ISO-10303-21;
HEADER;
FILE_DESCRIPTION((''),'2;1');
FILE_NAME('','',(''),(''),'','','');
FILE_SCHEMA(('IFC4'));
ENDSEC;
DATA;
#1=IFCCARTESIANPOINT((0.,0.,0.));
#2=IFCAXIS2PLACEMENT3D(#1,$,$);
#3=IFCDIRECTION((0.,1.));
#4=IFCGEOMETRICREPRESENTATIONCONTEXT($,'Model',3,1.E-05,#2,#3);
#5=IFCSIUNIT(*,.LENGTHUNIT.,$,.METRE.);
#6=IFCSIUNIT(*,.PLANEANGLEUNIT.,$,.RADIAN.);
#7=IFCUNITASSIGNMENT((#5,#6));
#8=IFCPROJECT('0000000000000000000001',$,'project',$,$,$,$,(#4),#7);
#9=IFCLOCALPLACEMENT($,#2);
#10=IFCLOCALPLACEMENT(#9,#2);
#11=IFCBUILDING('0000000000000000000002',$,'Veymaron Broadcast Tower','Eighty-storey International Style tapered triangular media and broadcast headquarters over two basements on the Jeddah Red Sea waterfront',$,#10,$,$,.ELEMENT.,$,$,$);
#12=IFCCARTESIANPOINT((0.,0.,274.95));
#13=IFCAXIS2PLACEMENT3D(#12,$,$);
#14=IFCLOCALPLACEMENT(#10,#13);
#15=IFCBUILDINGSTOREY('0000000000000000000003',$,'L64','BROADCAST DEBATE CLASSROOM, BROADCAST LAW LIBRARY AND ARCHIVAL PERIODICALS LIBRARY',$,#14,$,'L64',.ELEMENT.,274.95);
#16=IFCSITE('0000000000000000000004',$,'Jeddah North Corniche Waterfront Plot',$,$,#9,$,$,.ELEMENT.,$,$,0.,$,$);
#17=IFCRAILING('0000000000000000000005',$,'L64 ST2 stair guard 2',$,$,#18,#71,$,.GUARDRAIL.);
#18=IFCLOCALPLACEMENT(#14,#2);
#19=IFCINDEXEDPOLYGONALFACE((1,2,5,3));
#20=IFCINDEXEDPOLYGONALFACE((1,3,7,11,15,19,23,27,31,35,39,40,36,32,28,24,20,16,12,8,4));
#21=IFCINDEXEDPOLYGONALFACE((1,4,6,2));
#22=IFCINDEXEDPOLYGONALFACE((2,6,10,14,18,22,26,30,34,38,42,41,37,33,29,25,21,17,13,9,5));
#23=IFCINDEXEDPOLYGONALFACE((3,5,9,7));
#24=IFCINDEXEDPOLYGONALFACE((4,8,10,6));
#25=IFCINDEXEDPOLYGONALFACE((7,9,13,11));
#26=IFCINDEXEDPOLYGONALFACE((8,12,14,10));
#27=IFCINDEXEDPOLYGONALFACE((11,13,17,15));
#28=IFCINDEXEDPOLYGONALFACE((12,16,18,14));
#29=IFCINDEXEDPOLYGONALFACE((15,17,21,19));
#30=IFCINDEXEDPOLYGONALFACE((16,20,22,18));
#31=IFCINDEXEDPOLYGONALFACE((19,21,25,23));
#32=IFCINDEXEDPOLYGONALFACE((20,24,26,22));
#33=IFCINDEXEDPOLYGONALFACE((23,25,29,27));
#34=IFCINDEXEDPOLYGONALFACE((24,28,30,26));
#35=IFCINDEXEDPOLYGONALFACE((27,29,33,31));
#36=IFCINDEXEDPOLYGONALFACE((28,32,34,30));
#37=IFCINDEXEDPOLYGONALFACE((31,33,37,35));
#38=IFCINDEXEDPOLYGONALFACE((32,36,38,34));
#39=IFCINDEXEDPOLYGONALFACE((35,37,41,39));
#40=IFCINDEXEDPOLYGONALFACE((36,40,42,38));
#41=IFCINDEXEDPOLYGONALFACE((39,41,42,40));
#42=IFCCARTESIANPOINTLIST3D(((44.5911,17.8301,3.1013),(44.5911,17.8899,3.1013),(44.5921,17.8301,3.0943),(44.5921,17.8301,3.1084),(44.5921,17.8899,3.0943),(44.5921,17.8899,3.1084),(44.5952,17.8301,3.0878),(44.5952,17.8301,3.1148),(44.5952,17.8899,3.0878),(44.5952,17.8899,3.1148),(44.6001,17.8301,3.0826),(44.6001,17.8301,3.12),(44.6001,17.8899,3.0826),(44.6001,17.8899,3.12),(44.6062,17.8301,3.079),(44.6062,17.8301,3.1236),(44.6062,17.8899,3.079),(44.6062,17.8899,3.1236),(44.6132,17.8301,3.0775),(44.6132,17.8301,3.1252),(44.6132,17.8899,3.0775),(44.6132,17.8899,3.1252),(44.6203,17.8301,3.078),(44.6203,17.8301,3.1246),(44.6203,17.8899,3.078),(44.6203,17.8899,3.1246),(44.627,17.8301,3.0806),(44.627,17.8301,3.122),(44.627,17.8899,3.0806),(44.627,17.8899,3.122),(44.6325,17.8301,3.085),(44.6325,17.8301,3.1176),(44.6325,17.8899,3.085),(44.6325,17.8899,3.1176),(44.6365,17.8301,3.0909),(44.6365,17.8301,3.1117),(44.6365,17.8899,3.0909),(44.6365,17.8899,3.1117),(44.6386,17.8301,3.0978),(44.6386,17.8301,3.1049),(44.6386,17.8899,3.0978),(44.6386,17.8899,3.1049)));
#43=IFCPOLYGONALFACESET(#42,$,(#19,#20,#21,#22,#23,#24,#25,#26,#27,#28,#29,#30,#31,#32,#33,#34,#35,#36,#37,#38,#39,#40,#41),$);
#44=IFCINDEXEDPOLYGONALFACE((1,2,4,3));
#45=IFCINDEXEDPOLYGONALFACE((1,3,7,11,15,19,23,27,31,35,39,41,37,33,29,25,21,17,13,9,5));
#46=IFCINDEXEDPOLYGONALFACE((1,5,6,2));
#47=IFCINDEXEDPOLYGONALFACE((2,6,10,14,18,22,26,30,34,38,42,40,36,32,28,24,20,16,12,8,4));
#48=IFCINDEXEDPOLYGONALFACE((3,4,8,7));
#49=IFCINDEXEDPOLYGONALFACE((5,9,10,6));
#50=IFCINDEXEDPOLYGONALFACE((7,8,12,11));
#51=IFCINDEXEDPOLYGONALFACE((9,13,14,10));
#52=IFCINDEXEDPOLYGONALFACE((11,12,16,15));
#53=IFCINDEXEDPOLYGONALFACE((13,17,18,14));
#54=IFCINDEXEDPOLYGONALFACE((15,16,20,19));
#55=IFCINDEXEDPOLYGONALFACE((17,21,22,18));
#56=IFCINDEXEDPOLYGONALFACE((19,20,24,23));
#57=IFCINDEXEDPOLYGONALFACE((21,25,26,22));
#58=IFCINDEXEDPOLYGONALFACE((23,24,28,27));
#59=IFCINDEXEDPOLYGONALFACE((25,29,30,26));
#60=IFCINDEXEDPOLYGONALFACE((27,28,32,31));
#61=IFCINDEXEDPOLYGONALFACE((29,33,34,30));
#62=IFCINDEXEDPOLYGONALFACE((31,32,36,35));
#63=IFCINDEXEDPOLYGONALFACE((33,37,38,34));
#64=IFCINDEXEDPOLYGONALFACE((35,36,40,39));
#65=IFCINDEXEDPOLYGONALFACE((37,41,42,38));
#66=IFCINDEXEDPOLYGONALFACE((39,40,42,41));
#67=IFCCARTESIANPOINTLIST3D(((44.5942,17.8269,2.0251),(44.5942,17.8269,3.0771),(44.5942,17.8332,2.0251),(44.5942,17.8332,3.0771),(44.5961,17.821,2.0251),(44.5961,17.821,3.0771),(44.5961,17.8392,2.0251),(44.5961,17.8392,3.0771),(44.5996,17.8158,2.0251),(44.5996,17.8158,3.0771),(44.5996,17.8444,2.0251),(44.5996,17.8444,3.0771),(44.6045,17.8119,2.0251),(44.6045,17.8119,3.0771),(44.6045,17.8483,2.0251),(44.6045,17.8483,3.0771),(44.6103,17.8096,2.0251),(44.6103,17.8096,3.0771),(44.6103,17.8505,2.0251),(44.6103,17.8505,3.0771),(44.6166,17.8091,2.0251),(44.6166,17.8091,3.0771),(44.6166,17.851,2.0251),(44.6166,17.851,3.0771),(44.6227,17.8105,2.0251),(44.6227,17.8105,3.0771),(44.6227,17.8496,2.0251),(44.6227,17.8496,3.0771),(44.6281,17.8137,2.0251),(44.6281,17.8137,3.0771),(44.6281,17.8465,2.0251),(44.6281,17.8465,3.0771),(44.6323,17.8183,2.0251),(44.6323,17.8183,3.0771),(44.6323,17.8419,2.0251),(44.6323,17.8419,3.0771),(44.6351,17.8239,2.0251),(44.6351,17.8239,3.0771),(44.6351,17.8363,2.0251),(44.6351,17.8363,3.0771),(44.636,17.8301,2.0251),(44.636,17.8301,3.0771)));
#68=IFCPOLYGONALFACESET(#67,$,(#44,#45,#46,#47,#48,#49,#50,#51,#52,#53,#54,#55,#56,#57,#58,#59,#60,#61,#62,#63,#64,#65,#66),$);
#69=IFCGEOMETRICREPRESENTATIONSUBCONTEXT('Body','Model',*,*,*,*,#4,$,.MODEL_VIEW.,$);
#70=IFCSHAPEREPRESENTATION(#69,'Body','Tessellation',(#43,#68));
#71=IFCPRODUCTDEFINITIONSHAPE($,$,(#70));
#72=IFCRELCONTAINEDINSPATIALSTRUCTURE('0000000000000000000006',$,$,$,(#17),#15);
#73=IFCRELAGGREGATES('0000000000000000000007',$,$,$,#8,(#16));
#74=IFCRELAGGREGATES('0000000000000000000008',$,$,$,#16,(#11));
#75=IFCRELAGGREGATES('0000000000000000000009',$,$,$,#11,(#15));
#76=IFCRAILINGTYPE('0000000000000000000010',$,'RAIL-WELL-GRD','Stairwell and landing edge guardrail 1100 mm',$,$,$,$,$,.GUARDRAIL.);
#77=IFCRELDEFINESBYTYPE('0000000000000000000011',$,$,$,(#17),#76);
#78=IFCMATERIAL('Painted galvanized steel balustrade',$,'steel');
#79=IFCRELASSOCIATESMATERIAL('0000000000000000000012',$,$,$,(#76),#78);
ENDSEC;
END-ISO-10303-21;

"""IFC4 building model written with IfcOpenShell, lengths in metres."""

from ifc_helpers import new_model, si_unit, direction, frame, origin, origin_2d, place, context, subcontext, project, spatial, circle, extrude, material, type_object, element, save


model = new_model("IFC4")

# Units and contexts
model_context = context("Model", 3, precision=1e-05, world=origin(), true_north=direction((0.0, 1.0)))
body_context = subcontext(model_context, "Body", "Model", "MODEL_VIEW")
ifc_project = project(units=[si_unit("LENGTHUNIT", "METRE"), si_unit("PLANEANGLEUNIT", "RADIAN")], contexts=[model_context])

# Site, building, storey
site_placement = place(None, origin())
site = spatial("IfcSite", under=ifc_project, at=site_placement, Name="Jeddah North Corniche Waterfront Plot", CompositionType="ELEMENT", RefElevation=0.0)
building_placement = place(site_placement, origin())
building = spatial("IfcBuilding", under=site, at=building_placement, Name="Veymaron Broadcast Tower", Description="Eighty-storey International Style tapered triangular media and broadcast headquarters over two basements on the Jeddah Red Sea waterfront", CompositionType="ELEMENT")
storey_placement = place(building_placement, frame((0.0, 0.0, 274.95)))
storey = spatial("IfcBuildingStorey", under=building, at=storey_placement, Name="L64", Description="BROADCAST DEBATE CLASSROOM, BROADCAST LAW LIBRARY AND ARCHIVAL PERIODICALS LIBRARY", LongName="L64", CompositionType="ELEMENT", Elevation=274.95)

# Railing
ifc_material_1 = material(Name="Painted galvanized steel balustrade", Category="steel")
railing_type = type_object("IfcRailingType", Name="RAIL-WELL-GRD", Description="Stairwell and landing edge guardrail 1100 mm", PredefinedType="GUARDRAIL", material=ifc_material_1)
railing_placement = place(storey_placement, frame((44.615, 17.8301, 2.0251)))
element("IfcRailing", 1, at=railing_placement, inside=storey, type_object=railing_type, Name="L64 ST2 stair guard 2", PredefinedType="GUARDRAIL", context=body_context, shape_type="SweptSolid", body=[
    extrude(circle(Radius=0.0239, at=origin_2d()), frame((0.0, 0.0, 1.0762), z_axis=(0.0, 1.0, 0.0), x_axis=(-1.0, 0.0, 0.0)), (0.0, 0.0, 1.0), 0.0598),
    extrude(circle(Radius=0.021, at=origin_2d()), origin(), (0.0, 0.0, 1.0), 1.052),
])

save(model, "model.ifc")
